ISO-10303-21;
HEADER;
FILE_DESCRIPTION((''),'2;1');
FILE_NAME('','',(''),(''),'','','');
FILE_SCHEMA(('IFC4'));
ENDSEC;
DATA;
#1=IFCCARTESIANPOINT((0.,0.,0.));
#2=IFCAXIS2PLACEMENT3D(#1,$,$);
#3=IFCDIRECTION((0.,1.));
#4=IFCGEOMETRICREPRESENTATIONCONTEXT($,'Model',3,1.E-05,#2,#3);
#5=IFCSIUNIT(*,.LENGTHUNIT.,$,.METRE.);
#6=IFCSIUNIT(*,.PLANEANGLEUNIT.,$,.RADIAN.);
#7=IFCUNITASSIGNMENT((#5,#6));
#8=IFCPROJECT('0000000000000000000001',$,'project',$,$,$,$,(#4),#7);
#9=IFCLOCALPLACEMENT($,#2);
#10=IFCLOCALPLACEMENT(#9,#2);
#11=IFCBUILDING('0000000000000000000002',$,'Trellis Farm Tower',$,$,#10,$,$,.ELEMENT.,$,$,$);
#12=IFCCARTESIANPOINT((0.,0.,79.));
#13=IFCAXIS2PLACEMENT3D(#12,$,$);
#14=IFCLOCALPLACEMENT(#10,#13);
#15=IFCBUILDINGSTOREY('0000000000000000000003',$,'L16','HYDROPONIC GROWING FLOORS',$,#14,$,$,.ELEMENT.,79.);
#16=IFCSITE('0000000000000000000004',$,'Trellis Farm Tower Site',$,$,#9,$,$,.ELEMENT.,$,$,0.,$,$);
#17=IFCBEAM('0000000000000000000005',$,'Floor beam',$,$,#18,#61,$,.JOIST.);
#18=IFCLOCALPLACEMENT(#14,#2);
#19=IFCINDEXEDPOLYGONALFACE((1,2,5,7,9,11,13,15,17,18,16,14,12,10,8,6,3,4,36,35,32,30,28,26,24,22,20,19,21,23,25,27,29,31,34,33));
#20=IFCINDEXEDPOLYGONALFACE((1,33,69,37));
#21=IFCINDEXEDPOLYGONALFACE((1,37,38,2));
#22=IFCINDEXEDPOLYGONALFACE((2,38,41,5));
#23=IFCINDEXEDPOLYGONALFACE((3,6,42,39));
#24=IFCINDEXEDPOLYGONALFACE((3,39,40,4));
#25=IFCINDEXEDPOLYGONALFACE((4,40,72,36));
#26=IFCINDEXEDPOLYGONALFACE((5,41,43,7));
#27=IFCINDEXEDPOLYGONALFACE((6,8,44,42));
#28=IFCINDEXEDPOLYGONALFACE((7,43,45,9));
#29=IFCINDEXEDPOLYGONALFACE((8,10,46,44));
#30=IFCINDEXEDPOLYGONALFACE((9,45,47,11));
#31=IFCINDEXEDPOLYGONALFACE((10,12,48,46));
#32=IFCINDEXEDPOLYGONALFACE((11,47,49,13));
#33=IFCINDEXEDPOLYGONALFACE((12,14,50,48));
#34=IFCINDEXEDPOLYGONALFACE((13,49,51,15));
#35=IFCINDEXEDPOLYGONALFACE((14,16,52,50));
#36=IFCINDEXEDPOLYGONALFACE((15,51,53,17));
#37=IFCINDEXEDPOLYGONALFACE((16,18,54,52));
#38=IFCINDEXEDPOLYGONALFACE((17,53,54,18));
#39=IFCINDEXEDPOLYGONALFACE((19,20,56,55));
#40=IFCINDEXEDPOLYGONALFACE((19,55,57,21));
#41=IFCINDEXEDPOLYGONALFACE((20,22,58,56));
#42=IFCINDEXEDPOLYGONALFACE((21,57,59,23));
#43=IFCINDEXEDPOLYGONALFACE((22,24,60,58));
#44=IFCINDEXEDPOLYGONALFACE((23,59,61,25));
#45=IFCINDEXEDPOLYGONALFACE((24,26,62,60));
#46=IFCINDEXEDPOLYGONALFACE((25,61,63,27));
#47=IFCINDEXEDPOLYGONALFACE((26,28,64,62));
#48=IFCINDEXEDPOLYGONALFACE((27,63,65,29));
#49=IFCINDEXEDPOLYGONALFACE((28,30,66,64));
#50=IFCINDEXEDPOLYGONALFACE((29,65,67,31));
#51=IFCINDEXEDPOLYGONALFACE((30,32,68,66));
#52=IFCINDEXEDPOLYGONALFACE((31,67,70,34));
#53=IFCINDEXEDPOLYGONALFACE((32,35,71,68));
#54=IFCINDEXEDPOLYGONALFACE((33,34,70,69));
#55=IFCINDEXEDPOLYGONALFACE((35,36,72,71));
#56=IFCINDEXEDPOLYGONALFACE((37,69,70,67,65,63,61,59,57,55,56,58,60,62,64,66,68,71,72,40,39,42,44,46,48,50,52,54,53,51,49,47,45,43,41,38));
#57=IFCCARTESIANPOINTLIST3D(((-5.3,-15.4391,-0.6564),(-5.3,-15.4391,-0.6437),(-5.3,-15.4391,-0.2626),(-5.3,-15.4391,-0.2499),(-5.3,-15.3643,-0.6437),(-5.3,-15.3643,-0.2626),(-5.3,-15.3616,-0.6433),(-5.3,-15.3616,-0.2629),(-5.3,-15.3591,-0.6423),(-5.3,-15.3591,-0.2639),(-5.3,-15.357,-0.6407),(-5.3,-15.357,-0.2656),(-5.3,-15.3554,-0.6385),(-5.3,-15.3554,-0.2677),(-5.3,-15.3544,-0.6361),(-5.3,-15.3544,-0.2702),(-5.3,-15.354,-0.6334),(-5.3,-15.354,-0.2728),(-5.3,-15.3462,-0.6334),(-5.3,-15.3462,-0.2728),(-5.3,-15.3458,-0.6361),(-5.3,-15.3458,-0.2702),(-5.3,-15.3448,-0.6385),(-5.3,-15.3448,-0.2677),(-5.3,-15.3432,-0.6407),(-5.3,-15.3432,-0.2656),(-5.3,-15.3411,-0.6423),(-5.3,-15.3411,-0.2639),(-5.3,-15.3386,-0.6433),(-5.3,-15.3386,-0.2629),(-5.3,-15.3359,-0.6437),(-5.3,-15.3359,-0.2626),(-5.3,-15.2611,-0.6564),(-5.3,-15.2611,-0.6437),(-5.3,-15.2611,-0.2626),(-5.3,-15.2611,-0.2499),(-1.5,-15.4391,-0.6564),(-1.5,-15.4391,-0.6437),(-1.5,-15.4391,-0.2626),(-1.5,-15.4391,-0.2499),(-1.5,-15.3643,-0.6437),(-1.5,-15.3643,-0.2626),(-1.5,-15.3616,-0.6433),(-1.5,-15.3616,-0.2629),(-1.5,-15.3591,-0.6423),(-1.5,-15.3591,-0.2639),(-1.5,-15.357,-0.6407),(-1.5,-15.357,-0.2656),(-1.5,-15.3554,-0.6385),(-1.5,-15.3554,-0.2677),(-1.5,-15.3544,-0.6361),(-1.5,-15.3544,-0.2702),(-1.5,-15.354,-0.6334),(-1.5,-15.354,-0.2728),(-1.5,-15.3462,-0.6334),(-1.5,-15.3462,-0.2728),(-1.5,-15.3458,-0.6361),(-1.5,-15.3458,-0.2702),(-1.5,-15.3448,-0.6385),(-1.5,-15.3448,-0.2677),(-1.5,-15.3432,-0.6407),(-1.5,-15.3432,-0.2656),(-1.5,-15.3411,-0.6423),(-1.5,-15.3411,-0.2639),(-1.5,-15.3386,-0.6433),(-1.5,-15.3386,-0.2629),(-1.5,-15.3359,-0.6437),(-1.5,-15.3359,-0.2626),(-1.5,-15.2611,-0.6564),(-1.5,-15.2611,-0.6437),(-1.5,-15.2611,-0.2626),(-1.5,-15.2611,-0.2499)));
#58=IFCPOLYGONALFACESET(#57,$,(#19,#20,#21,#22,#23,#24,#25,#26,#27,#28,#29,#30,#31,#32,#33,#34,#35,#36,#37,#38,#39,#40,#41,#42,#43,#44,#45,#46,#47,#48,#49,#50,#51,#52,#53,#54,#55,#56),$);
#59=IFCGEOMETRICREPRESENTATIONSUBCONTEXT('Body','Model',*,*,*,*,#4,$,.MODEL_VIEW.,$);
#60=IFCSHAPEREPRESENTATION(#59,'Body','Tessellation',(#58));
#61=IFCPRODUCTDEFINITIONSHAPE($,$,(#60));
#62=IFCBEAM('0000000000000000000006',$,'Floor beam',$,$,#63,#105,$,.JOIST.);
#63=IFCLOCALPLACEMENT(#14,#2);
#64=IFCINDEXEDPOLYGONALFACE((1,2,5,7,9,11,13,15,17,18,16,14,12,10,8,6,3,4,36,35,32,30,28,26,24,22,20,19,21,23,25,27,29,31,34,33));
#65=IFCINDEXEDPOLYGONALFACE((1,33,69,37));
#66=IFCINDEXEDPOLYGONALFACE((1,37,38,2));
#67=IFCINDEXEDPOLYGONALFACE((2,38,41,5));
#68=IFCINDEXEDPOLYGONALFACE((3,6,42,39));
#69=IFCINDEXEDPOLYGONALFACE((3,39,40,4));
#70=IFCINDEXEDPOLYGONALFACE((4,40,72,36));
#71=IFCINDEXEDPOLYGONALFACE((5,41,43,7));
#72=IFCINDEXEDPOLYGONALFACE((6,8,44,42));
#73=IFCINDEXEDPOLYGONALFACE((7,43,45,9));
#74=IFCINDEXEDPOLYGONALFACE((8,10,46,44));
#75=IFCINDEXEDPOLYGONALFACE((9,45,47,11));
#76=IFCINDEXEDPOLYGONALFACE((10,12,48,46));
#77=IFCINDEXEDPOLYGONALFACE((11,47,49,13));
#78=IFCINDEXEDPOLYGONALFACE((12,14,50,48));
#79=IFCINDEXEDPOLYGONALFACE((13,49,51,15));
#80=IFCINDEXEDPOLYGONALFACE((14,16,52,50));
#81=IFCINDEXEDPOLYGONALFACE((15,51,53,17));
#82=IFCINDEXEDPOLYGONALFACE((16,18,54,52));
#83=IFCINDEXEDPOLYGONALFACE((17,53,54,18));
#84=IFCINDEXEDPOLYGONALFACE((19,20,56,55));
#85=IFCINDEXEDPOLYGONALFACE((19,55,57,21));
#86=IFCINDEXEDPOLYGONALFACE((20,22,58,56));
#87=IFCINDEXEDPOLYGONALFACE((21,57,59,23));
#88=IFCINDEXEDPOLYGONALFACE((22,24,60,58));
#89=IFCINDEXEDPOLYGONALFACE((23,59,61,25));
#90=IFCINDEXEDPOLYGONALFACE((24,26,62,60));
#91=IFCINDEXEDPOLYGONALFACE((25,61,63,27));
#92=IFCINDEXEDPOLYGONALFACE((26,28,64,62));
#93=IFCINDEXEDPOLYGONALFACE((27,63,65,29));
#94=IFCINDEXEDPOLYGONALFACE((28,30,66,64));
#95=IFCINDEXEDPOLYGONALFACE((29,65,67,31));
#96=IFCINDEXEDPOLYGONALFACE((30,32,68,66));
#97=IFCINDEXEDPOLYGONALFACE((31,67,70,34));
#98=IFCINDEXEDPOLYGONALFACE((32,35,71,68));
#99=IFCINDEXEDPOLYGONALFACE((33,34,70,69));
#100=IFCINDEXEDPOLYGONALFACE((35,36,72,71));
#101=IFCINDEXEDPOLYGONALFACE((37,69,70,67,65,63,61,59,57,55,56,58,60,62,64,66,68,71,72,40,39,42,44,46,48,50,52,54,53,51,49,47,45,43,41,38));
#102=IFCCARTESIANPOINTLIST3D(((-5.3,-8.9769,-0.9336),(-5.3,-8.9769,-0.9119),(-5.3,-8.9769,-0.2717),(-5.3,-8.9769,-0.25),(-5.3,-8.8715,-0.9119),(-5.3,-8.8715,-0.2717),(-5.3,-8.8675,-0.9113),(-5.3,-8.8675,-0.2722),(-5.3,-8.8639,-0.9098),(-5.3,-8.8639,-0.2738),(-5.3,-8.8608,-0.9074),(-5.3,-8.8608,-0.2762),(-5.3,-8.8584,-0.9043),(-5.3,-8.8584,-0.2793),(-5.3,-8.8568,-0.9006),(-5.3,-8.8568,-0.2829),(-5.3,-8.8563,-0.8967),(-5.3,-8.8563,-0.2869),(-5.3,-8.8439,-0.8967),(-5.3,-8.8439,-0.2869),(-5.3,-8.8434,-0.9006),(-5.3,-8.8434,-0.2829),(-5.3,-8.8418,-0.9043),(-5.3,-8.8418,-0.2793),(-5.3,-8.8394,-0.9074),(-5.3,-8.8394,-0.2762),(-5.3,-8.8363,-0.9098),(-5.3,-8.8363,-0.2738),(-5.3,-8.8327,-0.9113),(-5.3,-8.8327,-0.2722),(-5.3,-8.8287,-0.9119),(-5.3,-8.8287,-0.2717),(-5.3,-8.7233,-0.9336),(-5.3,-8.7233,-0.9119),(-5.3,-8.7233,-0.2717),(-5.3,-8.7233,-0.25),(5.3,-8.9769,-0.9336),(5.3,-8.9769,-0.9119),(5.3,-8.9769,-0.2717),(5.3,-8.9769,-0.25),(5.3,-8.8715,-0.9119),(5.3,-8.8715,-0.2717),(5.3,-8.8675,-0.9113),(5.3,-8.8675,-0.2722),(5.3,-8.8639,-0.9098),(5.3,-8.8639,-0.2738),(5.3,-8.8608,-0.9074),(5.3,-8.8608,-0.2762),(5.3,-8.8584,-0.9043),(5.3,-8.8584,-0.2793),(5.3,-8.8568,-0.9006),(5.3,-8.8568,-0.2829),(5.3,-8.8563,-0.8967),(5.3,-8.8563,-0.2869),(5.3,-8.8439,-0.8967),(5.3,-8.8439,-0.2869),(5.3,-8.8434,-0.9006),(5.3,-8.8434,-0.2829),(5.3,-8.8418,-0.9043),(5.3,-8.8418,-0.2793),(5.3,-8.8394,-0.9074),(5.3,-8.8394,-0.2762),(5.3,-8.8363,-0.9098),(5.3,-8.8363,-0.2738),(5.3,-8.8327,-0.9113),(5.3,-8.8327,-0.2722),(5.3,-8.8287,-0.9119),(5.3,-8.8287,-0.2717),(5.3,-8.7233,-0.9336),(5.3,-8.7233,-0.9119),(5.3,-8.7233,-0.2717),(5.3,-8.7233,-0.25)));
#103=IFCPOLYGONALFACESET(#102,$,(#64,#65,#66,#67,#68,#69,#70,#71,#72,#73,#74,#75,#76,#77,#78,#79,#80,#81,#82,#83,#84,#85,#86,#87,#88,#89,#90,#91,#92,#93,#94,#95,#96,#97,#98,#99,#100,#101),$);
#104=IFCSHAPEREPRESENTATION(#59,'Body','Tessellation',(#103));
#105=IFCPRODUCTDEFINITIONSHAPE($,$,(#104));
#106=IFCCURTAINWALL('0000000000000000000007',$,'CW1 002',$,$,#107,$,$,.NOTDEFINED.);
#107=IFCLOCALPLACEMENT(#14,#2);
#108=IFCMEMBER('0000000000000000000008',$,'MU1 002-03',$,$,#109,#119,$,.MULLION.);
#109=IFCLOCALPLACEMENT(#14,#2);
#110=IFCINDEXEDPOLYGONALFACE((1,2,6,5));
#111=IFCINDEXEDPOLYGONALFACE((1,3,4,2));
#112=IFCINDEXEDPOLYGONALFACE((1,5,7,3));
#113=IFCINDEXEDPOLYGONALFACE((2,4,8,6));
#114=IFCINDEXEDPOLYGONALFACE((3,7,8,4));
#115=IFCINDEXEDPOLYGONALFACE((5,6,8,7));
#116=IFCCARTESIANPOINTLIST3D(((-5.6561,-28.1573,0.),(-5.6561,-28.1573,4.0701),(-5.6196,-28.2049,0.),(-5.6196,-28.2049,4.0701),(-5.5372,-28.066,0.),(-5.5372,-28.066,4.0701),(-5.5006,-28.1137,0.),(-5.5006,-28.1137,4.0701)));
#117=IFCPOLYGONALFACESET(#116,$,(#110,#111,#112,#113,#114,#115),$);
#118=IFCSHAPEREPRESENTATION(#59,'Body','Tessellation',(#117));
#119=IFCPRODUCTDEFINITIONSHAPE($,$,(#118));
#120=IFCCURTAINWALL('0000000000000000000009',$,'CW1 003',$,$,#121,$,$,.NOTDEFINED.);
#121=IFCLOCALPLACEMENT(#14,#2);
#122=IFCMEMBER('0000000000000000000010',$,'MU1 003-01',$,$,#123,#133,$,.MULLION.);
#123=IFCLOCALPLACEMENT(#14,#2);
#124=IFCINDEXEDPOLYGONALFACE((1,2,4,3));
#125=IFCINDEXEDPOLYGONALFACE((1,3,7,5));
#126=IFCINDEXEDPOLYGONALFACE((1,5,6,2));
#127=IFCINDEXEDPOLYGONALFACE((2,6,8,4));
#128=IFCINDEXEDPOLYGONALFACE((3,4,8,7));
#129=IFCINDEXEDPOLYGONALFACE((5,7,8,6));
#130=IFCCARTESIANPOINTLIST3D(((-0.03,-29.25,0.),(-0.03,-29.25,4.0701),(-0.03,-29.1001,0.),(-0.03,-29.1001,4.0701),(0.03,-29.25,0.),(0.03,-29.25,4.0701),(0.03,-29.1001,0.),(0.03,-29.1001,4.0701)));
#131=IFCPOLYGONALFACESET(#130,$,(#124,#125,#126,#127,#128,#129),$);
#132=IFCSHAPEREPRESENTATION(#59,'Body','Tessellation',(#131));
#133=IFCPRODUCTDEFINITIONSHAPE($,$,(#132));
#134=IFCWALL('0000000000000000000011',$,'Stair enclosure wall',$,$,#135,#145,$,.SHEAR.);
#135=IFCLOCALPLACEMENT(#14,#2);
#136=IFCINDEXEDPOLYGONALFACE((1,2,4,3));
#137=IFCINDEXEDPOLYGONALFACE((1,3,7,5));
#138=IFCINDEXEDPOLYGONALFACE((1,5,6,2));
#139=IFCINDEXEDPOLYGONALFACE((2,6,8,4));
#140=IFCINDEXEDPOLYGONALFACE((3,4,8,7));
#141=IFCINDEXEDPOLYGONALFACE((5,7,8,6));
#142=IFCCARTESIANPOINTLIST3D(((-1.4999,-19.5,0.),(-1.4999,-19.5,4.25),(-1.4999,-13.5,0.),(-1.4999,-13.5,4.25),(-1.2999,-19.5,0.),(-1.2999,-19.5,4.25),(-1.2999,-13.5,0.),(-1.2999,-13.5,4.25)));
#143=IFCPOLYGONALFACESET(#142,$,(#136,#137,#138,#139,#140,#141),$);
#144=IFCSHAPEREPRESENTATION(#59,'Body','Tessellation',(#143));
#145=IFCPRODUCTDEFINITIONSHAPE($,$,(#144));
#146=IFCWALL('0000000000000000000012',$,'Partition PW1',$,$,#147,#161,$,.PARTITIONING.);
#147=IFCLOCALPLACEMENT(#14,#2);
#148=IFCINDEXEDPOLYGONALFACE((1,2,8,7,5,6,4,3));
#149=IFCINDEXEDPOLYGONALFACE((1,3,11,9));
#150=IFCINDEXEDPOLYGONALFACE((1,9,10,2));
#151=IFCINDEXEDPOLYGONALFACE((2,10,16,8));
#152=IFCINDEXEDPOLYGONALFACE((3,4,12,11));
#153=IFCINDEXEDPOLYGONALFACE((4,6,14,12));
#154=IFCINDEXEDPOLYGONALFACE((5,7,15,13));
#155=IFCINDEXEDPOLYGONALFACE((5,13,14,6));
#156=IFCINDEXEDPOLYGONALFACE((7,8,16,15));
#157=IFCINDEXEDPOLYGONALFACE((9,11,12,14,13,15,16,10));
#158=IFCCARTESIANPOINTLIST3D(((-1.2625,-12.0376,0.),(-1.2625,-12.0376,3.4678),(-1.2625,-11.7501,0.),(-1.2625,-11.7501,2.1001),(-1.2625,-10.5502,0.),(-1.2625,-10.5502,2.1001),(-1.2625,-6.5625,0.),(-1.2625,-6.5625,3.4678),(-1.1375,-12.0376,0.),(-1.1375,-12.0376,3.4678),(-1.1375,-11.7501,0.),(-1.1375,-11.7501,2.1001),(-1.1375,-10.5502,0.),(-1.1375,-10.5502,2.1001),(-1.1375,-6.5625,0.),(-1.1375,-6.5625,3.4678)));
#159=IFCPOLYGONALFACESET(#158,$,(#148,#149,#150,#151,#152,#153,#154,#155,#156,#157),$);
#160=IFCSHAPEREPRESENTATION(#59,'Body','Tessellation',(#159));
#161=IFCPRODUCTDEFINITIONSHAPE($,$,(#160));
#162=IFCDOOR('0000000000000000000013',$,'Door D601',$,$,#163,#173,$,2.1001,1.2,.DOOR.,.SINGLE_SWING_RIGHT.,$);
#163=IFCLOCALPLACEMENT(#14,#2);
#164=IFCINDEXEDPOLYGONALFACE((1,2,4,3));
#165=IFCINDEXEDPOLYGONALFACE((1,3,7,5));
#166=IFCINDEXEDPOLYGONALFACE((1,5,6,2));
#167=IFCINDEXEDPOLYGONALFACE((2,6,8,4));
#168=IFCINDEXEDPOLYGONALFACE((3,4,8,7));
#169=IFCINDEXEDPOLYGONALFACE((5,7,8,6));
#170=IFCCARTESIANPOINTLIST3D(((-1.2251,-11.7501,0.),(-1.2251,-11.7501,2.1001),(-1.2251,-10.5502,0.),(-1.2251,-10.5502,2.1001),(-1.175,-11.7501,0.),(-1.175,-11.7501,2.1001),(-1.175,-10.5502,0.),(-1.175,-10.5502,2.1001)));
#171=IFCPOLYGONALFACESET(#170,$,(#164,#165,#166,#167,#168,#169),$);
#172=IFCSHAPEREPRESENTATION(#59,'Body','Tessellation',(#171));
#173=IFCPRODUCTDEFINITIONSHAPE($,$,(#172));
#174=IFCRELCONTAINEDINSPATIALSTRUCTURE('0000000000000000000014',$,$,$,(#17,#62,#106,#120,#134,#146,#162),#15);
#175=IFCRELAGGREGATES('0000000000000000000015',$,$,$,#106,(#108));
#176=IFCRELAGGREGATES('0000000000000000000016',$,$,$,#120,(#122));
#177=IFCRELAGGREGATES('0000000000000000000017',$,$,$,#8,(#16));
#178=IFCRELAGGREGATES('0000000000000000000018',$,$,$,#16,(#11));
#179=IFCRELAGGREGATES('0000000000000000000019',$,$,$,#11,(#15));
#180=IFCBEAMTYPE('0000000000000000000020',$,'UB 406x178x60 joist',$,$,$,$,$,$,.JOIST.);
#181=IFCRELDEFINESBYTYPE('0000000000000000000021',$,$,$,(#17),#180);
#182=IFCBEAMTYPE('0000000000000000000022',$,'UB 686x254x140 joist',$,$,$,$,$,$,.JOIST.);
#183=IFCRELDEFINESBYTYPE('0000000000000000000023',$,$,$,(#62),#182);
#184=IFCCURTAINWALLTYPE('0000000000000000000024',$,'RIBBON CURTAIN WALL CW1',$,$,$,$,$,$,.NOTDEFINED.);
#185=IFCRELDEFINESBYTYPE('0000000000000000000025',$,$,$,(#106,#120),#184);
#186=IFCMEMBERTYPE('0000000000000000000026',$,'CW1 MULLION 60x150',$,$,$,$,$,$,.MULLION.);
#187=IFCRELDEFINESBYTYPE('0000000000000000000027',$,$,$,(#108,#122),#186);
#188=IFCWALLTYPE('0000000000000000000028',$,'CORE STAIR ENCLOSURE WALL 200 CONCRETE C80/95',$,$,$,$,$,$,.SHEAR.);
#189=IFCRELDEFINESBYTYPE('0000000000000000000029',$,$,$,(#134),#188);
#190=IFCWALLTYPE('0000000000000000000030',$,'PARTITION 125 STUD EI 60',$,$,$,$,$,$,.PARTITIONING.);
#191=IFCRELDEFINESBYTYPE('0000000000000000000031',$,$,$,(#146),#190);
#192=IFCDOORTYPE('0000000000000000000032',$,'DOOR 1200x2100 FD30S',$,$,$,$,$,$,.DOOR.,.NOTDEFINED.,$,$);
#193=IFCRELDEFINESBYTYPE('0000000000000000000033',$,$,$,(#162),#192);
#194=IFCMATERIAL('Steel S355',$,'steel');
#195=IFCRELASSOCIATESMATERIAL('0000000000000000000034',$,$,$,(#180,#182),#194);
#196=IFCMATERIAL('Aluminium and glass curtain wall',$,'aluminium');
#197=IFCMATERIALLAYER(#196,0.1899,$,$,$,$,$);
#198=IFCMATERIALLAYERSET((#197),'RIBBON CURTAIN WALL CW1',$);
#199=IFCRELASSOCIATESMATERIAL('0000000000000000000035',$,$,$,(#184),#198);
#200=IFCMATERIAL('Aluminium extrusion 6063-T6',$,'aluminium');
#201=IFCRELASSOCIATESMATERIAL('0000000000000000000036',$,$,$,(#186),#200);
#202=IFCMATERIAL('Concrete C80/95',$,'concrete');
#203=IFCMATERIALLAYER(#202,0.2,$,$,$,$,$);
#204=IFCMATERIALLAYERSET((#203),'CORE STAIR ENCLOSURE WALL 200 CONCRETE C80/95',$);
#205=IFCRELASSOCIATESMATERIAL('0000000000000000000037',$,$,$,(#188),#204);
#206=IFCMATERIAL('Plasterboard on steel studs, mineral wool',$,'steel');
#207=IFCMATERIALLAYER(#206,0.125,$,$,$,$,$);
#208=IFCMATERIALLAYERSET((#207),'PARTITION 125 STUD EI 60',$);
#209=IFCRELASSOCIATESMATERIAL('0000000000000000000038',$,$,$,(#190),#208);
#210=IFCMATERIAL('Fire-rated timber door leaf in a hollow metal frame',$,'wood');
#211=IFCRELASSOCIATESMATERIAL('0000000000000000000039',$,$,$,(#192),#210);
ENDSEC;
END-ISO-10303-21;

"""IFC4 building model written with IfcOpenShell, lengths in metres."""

from ifc_helpers import new_model, si_unit, direction, frame, frame_2d, origin, origin_2d, place, context, subcontext, project, spatial, rectangle, i_section, extrude, source, transform, mapped, material, layer, layer_set, material_profile, profile_set, type_object, element, fill, aggregate, save


model = new_model("IFC4")

# Units and contexts
model_context = context("Model", 3, precision=1e-05, world=origin(), true_north=direction((0.0, 1.0)))
body_context = subcontext(model_context, "Body", "Model", "MODEL_VIEW")
ifc_project = project(units=[si_unit("LENGTHUNIT", "METRE"), si_unit("PLANEANGLEUNIT", "RADIAN")], contexts=[model_context])

# Site, building, storey
site_placement = place(None, origin())
site = spatial("IfcSite", under=ifc_project, at=site_placement, Name="Trellis Farm Tower Site", CompositionType="ELEMENT", RefElevation=0.0)
building_placement = place(site_placement, origin())
building = spatial("IfcBuilding", under=site, at=building_placement, Name="Trellis Farm Tower", CompositionType="ELEMENT")
storey_placement = place(building_placement, frame((0.0, 0.0, 79.0)))
storey = spatial("IfcBuildingStorey", under=building, at=storey_placement, Name="L16", Description="HYDROPONIC GROWING FLOORS", CompositionType="ELEMENT", Elevation=79.0)

# Shared definitions
ifc_material_1 = material(Name="Concrete C80/95", Category="concrete")

# Beams
ifc_material_2 = material(Name="Steel S355", Category="steel")
ifc_material_profile_1 = material_profile(ifc_material_2, i_section(OverallWidth=0.178, OverallDepth=0.4065, WebThickness=0.0078, FlangeThickness=0.0127, FilletRadius=0.0103, at=origin_2d()), Name="UB 406x178x60")
ifc_profile_set_1 = profile_set([ifc_material_profile_1], Name="Steel S355")
beam_type_1 = type_object("IfcBeamType", Name="UB 406x178x60 joist", PredefinedType="JOIST", material=ifc_profile_set_1)
shared_shape_1 = source(origin(), body_context, "Body", "SweptSolid", [
    extrude(i_section(OverallWidth=0.178, OverallDepth=0.4065, WebThickness=0.0078, FlangeThickness=0.0127, FilletRadius=0.0103, at=origin_2d()), origin(), (0.0, 0.0, 1.0), 3.8),
])
beam_1_placement = place(storey_placement, frame((-5.3, -15.3501, -0.4531), z_axis=(1.0, 0.0, 0.0), x_axis=(0.0, 1.0, 0.0)))
element("IfcBeam", 1, at=beam_1_placement, inside=storey, type_object=beam_type_1, Name="Floor beam", PredefinedType="JOIST", context=body_context, shape_type="MappedRepresentation", body=[
    mapped(shared_shape_1, transform((0.0, 0.0, 0.0))),
])
ifc_material_profile_2 = material_profile(ifc_material_2, i_section(OverallWidth=0.2537, OverallDepth=0.6836, WebThickness=0.0125, FlangeThickness=0.0217, FilletRadius=0.0151, at=origin_2d()), Name="UB 686x254x140")
ifc_profile_set_2 = profile_set([ifc_material_profile_2], Name="Steel S355")
beam_type_2 = type_object("IfcBeamType", Name="UB 686x254x140 joist", PredefinedType="JOIST", material=ifc_profile_set_2)
shared_shape_2 = source(origin(), body_context, "Body", "SweptSolid", [
    extrude(i_section(OverallWidth=0.2537, OverallDepth=0.6836, WebThickness=0.0125, FlangeThickness=0.0217, FilletRadius=0.0151, at=origin_2d()), origin(), (0.0, 0.0, 1.0), 10.6001),
])
beam_2_placement = place(storey_placement, frame((-5.3, -8.8501, -0.5918), z_axis=(1.0, 0.0, 0.0), x_axis=(0.0, 1.0, 0.0)))
element("IfcBeam", 2, at=beam_2_placement, inside=storey, type_object=beam_type_2, Name="Floor beam", PredefinedType="JOIST", context=body_context, shape_type="MappedRepresentation", body=[
    mapped(shared_shape_2, transform((0.0, 0.0, 0.0))),
])

# Curtain walls, members
ifc_material_3 = material(Name="Aluminium and glass curtain wall", Category="aluminium")
ifc_layer_1 = layer(ifc_material_3, 0.1899)
ifc_layer_set_1 = layer_set([ifc_layer_1], Name="RIBBON CURTAIN WALL CW1")
curtain_wall_type = type_object("IfcCurtainWallType", Name="RIBBON CURTAIN WALL CW1", PredefinedType="NOTDEFINED", material=ifc_layer_set_1)
placement = place(storey_placement, origin())
curtain_wall_1 = element("IfcCurtainWall", 3, at=placement, inside=storey, type_object=curtain_wall_type, Name="CW1 002", PredefinedType="NOTDEFINED")
ifc_material_4 = material(Name="Aluminium extrusion 6063-T6", Category="aluminium")
ifc_material_profile_3 = material_profile(ifc_material_4, rectangle(XDim=0.0601, YDim=0.1499, at=origin_2d()), Name="MULLION 60x150")
ifc_profile_set_3 = profile_set([ifc_material_profile_3], Name="Aluminium extrusion 6063-T6")
member_type = type_object("IfcMemberType", Name="CW1 MULLION 60x150", PredefinedType="MULLION", material=ifc_profile_set_3)
shared_shape_3 = source(origin(), body_context, "Body", "SweptSolid", [
    extrude(rectangle(XDim=0.0601, YDim=0.1499, at=origin_2d()), origin(), (0.0, 0.0, 1.0), 4.0701),
])
member_1_placement = place(storey_placement, frame((-5.5784, -28.1355, 0.0), z_axis=(0.0, 0.0, 1.0), x_axis=(0.608761, -0.793353, 0.0)))
member_1 = element("IfcMember", 4, at=member_1_placement, type_object=member_type, Name="MU1 002-03", PredefinedType="MULLION", context=body_context, shape_type="MappedRepresentation", body=[
    mapped(shared_shape_3, transform((0.0, 0.0, 0.0))),
])
aggregate(curtain_wall_1, [member_1])
curtain_wall_2 = element("IfcCurtainWall", 5, at=placement, inside=storey, type_object=curtain_wall_type, Name="CW1 003", PredefinedType="NOTDEFINED")
member_2_placement = place(storey_placement, frame((0.0, -29.175, 0.0), z_axis=(0.0, 0.0, 1.0), x_axis=(1.0, 0.0, 0.0)))
member_2 = element("IfcMember", 6, at=member_2_placement, type_object=member_type, Name="MU1 003-01", PredefinedType="MULLION", context=body_context, shape_type="MappedRepresentation", body=[
    mapped(shared_shape_3, transform((0.0, 0.0, 0.0))),
])
aggregate(curtain_wall_2, [member_2])

# Wall
ifc_layer_2 = layer(ifc_material_1, 0.2)
ifc_layer_set_2 = layer_set([ifc_layer_2], Name="CORE STAIR ENCLOSURE WALL 200 CONCRETE C80/95")
wall_type_1 = type_object("IfcWallType", Name="CORE STAIR ENCLOSURE WALL 200 CONCRETE C80/95", PredefinedType="SHEAR", material=ifc_layer_set_2)
shared_shape_4 = source(origin(), body_context, "Body", "SweptSolid", [
    extrude(rectangle(XDim=6.0, YDim=0.2, at=frame_2d((3.0, 0.0))), origin(), (0.0, 0.0, 1.0), 4.25),
])
wall_1_placement = place(storey_placement, frame((-1.3999, -13.5, 0.0), z_axis=(0.0, 0.0, 1.0), x_axis=(0.0, -1.0, 0.0)))
element("IfcWall", 7, at=wall_1_placement, inside=storey, type_object=wall_type_1, Name="Stair enclosure wall", PredefinedType="SHEAR", context=body_context, shape_type="MappedRepresentation", body=[
    mapped(shared_shape_4, transform((0.0, 0.0, 0.0))),
])

# Wall, opening, door
ifc_material_5 = material(Name="Plasterboard on steel studs, mineral wool", Category="steel")
ifc_layer_3 = layer(ifc_material_5, 0.125)
ifc_layer_set_3 = layer_set([ifc_layer_3], Name="PARTITION 125 STUD EI 60")
wall_type_2 = type_object("IfcWallType", Name="PARTITION 125 STUD EI 60", PredefinedType="PARTITIONING", material=ifc_layer_set_3)
shared_shape_5 = source(origin(), body_context, "Body", "SweptSolid", [
    extrude(rectangle(XDim=5.4751, YDim=0.125, at=frame_2d((2.7375, 0.0))), origin(), (0.0, 0.0, 1.0), 3.4678),
])
wall_2_placement = place(storey_placement, frame((-1.2, -6.5625, 0.0), z_axis=(0.0, 0.0, 1.0), x_axis=(0.0, -1.0, 0.0)))
wall_2 = element("IfcWall", 8, at=wall_2_placement, inside=storey, type_object=wall_type_2, Name="Partition PW1", PredefinedType="PARTITIONING", context=body_context, shape_type="MappedRepresentation", body=[
    mapped(shared_shape_5, transform((0.0, 0.0, 0.0))),
])
shared_shape_6 = source(origin(), body_context, "Body", "SweptSolid", [
    extrude(rectangle(XDim=1.2, YDim=2.1001, at=frame_2d((0.6001, 1.05))), frame((0.0, 0.0725, 0.0), z_axis=(0.0, -1.0, 0.0), x_axis=(1.0, 0.0, 0.0)), (0.0, 0.0, 1.0), 0.145),
])
opening_1_placement = place(wall_2_placement, frame((3.9875, 0.0, 0.0)))
opening_1 = element("IfcOpeningElement", 9, at=opening_1_placement, cuts=wall_2, PredefinedType="OPENING", context=body_context, shape_type="MappedRepresentation", body=[
    mapped(shared_shape_6, transform((0.0, 0.0, 0.0))),
])
ifc_material_6 = material(Name="Fire-rated timber door leaf in a hollow metal frame", Category="wood")
door_type_1 = type_object("IfcDoorType", Name="DOOR 1200x2100 FD30S", OperationType="NOTDEFINED", PredefinedType="DOOR", material=ifc_material_6)
shared_shape_7 = source(origin(), body_context, "Body", "SweptSolid", [
    extrude(rectangle(XDim=1.2, YDim=2.1001, at=frame_2d((0.6001, 1.05))), frame((0.0, 0.0249, 0.0), z_axis=(0.0, -1.0, 0.0), x_axis=(1.0, 0.0, 0.0)), (0.0, 0.0, 1.0), 0.05),
])
door_1_placement = place(opening_1_placement, origin())
door_1 = element("IfcDoor", 10, at=door_1_placement, inside=storey, type_object=door_type_1, Name="Door D601", OperationType="SINGLE_SWING_RIGHT", OverallHeight=2.1001, OverallWidth=1.2, PredefinedType="DOOR", context=body_context, shape_type="MappedRepresentation", body=[
    mapped(shared_shape_7, transform((0.0, 0.0, 0.0))),
])
fill(opening_1, door_1)

save(model, "model.ifc")
